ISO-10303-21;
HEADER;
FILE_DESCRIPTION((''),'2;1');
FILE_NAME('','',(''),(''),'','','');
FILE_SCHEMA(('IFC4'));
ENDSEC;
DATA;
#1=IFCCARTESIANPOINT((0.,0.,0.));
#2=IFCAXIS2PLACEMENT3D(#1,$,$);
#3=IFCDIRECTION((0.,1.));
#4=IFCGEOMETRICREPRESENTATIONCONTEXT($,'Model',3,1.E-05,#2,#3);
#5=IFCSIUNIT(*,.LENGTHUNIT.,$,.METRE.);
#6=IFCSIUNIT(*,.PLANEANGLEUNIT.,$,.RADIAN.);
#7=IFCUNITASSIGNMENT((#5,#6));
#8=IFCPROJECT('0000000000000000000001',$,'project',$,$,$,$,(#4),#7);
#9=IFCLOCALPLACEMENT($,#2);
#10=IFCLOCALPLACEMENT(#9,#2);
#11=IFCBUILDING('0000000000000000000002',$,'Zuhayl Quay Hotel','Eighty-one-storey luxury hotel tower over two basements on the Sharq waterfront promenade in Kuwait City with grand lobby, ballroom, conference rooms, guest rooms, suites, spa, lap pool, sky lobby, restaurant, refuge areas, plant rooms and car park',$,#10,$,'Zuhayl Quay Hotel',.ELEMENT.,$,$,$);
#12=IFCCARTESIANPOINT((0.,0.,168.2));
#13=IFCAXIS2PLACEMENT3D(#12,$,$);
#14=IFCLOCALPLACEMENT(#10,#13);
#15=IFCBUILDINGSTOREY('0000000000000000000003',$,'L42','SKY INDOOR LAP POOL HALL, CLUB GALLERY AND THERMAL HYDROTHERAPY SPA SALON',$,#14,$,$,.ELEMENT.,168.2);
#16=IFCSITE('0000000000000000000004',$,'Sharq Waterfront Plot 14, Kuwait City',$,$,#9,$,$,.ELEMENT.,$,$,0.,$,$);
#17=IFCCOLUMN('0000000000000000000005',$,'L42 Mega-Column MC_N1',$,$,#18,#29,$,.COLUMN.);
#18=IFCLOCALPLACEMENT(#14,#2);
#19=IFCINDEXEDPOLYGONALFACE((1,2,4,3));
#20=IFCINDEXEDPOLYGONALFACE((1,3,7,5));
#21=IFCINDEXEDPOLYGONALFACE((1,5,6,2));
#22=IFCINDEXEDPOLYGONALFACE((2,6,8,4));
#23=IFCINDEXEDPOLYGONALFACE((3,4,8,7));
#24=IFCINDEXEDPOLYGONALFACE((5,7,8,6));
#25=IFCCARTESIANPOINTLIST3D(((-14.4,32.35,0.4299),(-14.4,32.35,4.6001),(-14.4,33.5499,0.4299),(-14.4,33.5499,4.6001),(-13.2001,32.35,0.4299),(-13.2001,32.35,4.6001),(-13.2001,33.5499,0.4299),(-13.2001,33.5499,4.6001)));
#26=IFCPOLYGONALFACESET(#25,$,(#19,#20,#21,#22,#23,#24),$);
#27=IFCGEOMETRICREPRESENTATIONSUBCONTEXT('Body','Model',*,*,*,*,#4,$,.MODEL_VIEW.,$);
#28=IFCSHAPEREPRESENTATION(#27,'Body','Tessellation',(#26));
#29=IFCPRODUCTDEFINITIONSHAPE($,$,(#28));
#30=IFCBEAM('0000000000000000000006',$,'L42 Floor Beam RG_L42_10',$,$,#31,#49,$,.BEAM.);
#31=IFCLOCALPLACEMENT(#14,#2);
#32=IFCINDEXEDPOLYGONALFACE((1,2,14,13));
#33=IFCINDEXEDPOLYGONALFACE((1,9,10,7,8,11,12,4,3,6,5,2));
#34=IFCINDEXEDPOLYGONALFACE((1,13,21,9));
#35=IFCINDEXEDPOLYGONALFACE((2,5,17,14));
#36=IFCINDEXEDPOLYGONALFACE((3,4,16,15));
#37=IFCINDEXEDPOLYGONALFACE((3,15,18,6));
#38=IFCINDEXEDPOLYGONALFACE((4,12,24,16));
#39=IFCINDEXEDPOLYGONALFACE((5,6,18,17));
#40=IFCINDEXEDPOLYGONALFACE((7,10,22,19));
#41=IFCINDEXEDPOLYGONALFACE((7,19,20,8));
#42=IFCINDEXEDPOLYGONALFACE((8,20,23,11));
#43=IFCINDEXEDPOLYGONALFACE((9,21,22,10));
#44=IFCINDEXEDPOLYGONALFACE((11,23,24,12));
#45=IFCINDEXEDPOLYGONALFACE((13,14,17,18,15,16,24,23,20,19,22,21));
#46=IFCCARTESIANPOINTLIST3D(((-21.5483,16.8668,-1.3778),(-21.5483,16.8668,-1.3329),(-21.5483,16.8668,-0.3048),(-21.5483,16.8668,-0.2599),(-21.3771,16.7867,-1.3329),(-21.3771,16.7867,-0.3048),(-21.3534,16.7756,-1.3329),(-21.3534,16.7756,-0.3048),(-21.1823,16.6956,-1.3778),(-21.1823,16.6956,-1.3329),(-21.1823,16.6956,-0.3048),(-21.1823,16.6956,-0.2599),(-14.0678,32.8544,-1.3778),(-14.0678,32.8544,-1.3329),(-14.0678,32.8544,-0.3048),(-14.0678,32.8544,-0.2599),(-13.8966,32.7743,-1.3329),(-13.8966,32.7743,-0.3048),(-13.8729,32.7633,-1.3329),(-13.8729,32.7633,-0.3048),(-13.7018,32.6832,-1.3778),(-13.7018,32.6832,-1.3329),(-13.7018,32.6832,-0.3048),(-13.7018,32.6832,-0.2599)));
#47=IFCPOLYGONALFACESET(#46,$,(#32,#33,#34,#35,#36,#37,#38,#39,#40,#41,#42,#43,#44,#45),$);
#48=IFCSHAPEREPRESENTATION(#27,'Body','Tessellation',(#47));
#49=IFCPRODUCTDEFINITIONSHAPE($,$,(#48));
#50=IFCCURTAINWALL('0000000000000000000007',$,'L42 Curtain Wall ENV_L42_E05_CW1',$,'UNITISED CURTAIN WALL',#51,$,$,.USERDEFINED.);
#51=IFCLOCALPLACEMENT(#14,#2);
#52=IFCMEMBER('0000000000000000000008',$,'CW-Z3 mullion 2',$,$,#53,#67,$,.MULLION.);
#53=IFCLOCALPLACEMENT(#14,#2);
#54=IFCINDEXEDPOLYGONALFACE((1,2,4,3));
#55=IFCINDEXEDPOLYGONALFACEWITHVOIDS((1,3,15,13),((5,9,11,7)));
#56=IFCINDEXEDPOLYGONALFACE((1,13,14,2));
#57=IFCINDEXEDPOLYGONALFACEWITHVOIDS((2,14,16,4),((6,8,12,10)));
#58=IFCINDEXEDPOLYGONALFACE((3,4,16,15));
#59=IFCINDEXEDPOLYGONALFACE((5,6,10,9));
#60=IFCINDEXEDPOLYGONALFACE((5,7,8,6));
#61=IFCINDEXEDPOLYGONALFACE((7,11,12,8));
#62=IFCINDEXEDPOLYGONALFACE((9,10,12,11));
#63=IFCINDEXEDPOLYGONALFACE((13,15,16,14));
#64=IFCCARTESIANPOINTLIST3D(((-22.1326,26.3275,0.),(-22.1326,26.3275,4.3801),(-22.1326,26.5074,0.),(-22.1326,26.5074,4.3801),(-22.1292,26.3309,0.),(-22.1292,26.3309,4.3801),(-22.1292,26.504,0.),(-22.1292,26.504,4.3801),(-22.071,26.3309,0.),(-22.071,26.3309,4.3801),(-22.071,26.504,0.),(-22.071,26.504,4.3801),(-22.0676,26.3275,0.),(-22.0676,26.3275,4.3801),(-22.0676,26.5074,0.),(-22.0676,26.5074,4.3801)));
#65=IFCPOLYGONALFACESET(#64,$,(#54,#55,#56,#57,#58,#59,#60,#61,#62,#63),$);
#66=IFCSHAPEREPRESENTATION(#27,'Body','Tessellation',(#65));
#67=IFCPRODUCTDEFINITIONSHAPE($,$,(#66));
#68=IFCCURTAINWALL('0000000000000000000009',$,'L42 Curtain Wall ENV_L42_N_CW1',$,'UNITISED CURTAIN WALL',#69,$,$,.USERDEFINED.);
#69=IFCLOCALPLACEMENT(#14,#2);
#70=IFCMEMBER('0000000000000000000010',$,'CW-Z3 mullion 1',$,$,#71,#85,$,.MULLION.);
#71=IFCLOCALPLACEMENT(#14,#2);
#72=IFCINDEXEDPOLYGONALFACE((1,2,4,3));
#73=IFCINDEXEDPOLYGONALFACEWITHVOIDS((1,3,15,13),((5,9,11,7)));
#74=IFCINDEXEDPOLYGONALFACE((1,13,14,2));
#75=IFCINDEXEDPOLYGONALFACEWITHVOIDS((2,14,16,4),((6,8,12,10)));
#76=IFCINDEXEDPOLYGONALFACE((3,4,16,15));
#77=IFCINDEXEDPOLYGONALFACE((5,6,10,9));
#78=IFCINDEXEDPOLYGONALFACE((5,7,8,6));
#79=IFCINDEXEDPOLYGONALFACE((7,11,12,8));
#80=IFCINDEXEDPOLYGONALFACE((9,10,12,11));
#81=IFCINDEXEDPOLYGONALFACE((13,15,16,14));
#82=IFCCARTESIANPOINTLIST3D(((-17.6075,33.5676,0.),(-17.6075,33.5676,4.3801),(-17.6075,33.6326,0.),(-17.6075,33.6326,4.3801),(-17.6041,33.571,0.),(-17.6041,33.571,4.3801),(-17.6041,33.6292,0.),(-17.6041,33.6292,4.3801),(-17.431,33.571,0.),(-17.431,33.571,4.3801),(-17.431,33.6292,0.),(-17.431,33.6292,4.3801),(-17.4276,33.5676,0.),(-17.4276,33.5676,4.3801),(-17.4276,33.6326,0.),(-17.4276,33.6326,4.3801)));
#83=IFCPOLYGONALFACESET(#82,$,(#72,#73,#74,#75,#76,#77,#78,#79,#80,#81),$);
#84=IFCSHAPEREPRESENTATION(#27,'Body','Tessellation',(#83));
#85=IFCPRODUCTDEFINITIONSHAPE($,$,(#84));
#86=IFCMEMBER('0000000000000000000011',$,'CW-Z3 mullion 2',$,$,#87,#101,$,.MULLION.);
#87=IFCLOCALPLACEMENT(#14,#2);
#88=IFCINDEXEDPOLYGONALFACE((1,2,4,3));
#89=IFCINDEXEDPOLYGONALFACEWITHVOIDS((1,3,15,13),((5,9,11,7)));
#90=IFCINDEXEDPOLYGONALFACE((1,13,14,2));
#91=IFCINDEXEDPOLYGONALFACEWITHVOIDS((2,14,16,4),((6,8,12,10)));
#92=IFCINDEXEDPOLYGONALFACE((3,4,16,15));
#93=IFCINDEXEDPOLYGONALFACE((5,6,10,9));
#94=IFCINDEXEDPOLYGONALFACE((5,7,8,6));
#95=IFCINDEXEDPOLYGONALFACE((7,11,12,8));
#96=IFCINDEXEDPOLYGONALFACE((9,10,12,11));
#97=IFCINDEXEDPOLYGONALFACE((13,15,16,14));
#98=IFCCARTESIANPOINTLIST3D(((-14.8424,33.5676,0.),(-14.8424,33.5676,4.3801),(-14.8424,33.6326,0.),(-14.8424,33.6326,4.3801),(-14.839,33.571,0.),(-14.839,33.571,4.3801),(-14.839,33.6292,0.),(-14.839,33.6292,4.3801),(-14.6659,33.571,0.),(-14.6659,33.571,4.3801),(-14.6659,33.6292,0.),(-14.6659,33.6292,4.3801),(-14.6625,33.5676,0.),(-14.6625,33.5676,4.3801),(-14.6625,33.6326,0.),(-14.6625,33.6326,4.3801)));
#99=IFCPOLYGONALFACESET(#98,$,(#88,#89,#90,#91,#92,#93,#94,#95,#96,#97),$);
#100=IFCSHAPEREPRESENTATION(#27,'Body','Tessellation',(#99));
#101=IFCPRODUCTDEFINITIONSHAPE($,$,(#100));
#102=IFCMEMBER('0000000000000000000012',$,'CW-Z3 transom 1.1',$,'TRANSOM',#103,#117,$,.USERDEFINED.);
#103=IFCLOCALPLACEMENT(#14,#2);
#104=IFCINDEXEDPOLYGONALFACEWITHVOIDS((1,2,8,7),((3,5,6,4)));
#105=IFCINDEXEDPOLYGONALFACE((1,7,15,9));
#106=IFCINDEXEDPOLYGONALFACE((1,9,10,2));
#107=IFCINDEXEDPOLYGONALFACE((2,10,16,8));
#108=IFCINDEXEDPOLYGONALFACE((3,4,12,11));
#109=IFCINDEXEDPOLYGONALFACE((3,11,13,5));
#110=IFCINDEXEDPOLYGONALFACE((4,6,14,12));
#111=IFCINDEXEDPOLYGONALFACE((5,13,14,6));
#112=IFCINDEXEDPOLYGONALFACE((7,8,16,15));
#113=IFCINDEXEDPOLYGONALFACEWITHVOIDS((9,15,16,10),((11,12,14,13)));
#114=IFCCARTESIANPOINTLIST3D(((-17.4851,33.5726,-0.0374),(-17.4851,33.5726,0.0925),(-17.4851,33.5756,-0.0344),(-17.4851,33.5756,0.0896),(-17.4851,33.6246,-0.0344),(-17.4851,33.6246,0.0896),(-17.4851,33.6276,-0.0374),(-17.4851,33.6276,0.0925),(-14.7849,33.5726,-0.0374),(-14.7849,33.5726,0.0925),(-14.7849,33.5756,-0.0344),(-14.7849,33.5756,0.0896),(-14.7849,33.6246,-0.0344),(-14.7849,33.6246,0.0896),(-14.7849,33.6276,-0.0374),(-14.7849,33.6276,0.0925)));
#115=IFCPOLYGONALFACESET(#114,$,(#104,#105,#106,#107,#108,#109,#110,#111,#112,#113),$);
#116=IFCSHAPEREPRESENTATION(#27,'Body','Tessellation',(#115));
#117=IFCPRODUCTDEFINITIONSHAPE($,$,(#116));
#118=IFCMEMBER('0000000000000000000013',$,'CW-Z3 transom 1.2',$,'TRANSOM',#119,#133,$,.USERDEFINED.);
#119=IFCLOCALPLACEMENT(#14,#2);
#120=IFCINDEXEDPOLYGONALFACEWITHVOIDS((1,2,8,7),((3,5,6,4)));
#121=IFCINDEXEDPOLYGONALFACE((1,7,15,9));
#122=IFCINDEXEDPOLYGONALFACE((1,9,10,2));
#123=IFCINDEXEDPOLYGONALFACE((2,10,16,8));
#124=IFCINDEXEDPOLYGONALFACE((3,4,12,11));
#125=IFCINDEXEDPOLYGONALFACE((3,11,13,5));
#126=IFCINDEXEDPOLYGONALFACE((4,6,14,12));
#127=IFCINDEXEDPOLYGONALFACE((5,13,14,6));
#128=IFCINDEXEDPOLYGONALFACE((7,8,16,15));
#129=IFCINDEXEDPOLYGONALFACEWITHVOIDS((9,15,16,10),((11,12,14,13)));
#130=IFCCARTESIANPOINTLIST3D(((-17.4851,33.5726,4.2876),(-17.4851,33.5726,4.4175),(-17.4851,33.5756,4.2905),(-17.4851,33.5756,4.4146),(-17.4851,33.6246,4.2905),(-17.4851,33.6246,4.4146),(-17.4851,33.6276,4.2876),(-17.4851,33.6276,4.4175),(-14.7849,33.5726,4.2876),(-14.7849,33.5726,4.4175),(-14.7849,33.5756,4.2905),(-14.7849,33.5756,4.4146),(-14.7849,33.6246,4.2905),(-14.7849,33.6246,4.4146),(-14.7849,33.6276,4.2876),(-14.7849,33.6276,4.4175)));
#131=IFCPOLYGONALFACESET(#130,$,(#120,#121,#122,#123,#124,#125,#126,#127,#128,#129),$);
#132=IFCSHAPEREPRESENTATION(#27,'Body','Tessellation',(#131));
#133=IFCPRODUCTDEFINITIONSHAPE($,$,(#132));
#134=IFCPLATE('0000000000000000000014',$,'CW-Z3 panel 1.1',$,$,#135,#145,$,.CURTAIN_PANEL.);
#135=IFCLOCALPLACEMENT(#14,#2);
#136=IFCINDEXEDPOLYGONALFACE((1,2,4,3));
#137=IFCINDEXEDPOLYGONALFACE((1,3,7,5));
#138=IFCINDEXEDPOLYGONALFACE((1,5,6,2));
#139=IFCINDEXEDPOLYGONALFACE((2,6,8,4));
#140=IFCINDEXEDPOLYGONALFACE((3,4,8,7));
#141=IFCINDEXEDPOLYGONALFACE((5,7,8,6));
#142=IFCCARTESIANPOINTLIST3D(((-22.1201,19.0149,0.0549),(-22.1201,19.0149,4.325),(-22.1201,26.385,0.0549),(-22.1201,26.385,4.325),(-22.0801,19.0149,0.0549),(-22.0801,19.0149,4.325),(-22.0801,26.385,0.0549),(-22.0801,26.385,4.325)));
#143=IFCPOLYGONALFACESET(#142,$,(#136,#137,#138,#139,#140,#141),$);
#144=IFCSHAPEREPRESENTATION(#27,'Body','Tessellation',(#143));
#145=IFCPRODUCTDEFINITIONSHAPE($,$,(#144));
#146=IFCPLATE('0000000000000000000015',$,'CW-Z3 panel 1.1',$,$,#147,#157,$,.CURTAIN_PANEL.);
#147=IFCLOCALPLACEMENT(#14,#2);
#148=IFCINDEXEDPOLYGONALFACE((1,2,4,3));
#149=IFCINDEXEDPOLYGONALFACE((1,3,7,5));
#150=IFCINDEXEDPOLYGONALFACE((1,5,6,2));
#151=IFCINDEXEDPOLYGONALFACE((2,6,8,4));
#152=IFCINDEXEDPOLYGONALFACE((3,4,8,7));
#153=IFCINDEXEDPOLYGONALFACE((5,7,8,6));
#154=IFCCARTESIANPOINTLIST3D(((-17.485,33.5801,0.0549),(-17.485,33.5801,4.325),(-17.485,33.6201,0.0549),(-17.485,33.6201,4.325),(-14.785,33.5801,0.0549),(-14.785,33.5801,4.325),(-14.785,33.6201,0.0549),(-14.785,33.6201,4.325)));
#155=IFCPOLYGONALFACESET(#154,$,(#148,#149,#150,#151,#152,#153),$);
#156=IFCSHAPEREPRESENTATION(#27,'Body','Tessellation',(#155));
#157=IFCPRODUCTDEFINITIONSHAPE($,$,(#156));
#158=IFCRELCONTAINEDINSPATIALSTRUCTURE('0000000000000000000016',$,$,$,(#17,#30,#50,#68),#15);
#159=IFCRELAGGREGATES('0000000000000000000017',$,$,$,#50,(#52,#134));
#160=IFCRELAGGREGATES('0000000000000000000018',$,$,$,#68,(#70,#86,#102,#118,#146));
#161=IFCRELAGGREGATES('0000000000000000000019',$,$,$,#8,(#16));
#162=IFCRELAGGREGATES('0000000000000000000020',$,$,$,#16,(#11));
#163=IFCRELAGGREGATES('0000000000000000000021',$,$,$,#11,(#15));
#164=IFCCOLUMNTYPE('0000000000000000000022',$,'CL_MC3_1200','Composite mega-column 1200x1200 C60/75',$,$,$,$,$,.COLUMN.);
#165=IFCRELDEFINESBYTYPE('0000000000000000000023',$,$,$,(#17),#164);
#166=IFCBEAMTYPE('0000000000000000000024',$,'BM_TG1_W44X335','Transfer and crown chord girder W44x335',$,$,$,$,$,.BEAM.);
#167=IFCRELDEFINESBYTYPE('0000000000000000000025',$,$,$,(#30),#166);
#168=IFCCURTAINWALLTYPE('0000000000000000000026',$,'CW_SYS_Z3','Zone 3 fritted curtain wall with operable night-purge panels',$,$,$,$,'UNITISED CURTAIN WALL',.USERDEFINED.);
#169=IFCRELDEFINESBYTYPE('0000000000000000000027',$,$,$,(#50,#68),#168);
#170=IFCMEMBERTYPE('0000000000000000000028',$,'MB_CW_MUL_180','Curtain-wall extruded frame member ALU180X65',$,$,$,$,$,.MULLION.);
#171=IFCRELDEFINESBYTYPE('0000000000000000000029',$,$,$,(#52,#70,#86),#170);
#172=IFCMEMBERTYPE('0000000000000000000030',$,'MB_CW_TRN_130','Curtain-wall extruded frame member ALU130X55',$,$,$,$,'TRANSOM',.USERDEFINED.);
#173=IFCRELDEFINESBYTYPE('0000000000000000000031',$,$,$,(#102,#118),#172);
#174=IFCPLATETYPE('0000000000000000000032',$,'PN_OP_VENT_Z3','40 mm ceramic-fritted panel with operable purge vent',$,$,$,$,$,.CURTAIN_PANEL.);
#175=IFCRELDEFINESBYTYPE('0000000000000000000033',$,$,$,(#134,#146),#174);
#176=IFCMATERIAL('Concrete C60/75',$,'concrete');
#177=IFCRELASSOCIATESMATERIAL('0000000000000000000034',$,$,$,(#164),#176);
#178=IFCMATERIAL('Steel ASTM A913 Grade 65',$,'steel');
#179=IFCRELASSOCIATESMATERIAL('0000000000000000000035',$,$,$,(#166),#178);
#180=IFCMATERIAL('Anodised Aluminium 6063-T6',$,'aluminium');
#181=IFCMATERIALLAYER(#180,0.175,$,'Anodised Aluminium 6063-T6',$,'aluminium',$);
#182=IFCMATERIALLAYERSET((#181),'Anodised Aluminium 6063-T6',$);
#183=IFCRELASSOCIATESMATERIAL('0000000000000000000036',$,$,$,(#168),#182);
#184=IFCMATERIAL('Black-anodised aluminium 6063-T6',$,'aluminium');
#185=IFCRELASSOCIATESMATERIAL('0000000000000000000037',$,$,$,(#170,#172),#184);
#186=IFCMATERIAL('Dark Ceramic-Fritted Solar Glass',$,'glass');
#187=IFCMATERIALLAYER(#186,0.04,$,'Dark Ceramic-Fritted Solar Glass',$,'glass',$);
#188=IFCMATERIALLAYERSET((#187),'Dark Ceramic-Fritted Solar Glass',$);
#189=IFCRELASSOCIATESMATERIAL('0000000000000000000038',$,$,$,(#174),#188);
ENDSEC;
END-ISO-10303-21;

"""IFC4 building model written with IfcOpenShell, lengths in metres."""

from ifc_helpers import new_model, si_unit, direction, frame, origin, origin_2d, place, context, subcontext, project, spatial, rectangle, hollow_rectangle, i_section, extrude, material, layer, layer_set, material_profile, profile_set, type_object, element, aggregate, save


model = new_model("IFC4")

# Units and contexts
model_context = context("Model", 3, precision=1e-05, world=origin(), true_north=direction((0.0, 1.0)))
body_context = subcontext(model_context, "Body", "Model", "MODEL_VIEW")
ifc_project = project(units=[si_unit("LENGTHUNIT", "METRE"), si_unit("PLANEANGLEUNIT", "RADIAN")], contexts=[model_context])

# Site, building, storey
site_placement = place(None, origin())
site = spatial("IfcSite", under=ifc_project, at=site_placement, Name="Sharq Waterfront Plot 14, Kuwait City", CompositionType="ELEMENT", RefElevation=0.0)
building_placement = place(site_placement, origin())
building = spatial("IfcBuilding", under=site, at=building_placement, Name="Zuhayl Quay Hotel", Description="Eighty-one-storey luxury hotel tower over two basements on the Sharq waterfront promenade in Kuwait City with grand lobby, ballroom, conference rooms, guest rooms, suites, spa, lap pool, sky lobby, restaurant, refuge areas, plant rooms and car park", LongName="Zuhayl Quay Hotel", CompositionType="ELEMENT")
storey_placement = place(building_placement, frame((0.0, 0.0, 168.2)))
storey = spatial("IfcBuildingStorey", under=building, at=storey_placement, Name="L42", Description="SKY INDOOR LAP POOL HALL, CLUB GALLERY AND THERMAL HYDROTHERAPY SPA SALON", CompositionType="ELEMENT", Elevation=168.2)

# Column
ifc_material_1 = material(Name="Concrete C60/75", Category="concrete")
ifc_material_profile_1 = material_profile(ifc_material_1, rectangle(XDim=1.2, YDim=1.2, at=origin_2d()), Name="RC1200X1200")
ifc_profile_set_1 = profile_set([ifc_material_profile_1], Name="Concrete C60/75")
column_type = type_object("IfcColumnType", Name="CL_MC3_1200", Description="Composite mega-column 1200x1200 C60/75", PredefinedType="COLUMN", material=ifc_profile_set_1)
column_placement = place(storey_placement, frame((-13.8, 32.95, 0.4299), z_axis=(0.0, 0.0, 1.0), x_axis=(1.0, 0.0, 0.0)))
element("IfcColumn", 1, at=column_placement, inside=storey, type_object=column_type, Name="L42 Mega-Column MC_N1", PredefinedType="COLUMN", context=body_context, shape_type="SweptSolid", body=[
    extrude(rectangle(XDim=1.2, YDim=1.2, at=origin_2d()), origin(), (0.0, 0.0, 1.0), 4.1702),
])

# Beam
ifc_material_2 = material(Name="Steel ASTM A913 Grade 65", Category="steel")
ifc_material_profile_2 = material_profile(ifc_material_2, i_section(OverallWidth=0.4041, OverallDepth=1.1179, WebThickness=0.0261, FlangeThickness=0.0449, at=origin_2d()), Name="W44X335")
ifc_profile_set_2 = profile_set([ifc_material_profile_2], Name="Steel ASTM A913 Grade 65")
beam_type = type_object("IfcBeamType", Name="BM_TG1_W44X335", Description="Transfer and crown chord girder W44x335", PredefinedType="BEAM", material=ifc_profile_set_2)
beam_placement = place(storey_placement, frame((-13.8848, 32.7688, -0.8188), z_axis=(-0.423798, -0.905757, 0.0), x_axis=(0.905757, -0.423798, 0.0)))
element("IfcBeam", 2, at=beam_placement, inside=storey, type_object=beam_type, Name="L42 Floor Beam RG_L42_10", PredefinedType="BEAM", context=body_context, shape_type="SweptSolid", body=[
    extrude(i_section(OverallWidth=0.4041, OverallDepth=1.1179, WebThickness=0.0261, FlangeThickness=0.0449, at=origin_2d()), origin(), (0.0, 0.0, 1.0), 17.6511),
])

# Curtain wall, member
ifc_material_3 = material(Name="Anodised Aluminium 6063-T6", Category="aluminium")
ifc_layer_1 = layer(ifc_material_3, 0.175, Name="Anodised Aluminium 6063-T6", Category="aluminium")
ifc_layer_set_1 = layer_set([ifc_layer_1], Name="Anodised Aluminium 6063-T6")
curtain_wall_type = type_object("IfcCurtainWallType", Name="CW_SYS_Z3", Description="Zone 3 fritted curtain wall with operable night-purge panels", ElementType="UNITISED CURTAIN WALL", PredefinedType="USERDEFINED", material=ifc_layer_set_1)
curtain_wall_1_placement = place(storey_placement, origin())
curtain_wall_1 = element("IfcCurtainWall", 3, at=curtain_wall_1_placement, inside=storey, type_object=curtain_wall_type, Name="L42 Curtain Wall ENV_L42_E05_CW1", ObjectType="UNITISED CURTAIN WALL", PredefinedType="USERDEFINED")
ifc_material_4 = material(Name="Black-anodised aluminium 6063-T6", Category="aluminium")
ifc_material_profile_3 = material_profile(ifc_material_4, hollow_rectangle(XDim=0.0649, YDim=0.1799, WallThickness=0.0034, at=origin_2d()), Name="ALU180X65")
ifc_profile_set_3 = profile_set([ifc_material_profile_3], Name="Black-anodised aluminium 6063-T6")
member_type_1 = type_object("IfcMemberType", Name="MB_CW_MUL_180", Description="Curtain-wall extruded frame member ALU180X65", PredefinedType="MULLION", material=ifc_profile_set_3)
member_1_placement = place(storey_placement, frame((-22.1001, 26.4175, 0.0), z_axis=(0.0, 0.0, 1.0), x_axis=(-1.0, 0.0, 0.0)))
member_1 = element("IfcMember", 4, at=member_1_placement, type_object=member_type_1, Name="CW-Z3 mullion 2", PredefinedType="MULLION", context=body_context, shape_type="SweptSolid", body=[
    extrude(hollow_rectangle(XDim=0.0649, YDim=0.1799, WallThickness=0.0034, at=origin_2d()), origin(), (0.0, 0.0, 1.0), 4.3801),
])

# Curtain wall, members
curtain_wall_2_placement = place(storey_placement, origin())
curtain_wall_2 = element("IfcCurtainWall", 5, at=curtain_wall_2_placement, inside=storey, type_object=curtain_wall_type, Name="L42 Curtain Wall ENV_L42_N_CW1", ObjectType="UNITISED CURTAIN WALL", PredefinedType="USERDEFINED")
member_2_placement = place(storey_placement, frame((-17.5176, 33.6001, 0.0), z_axis=(0.0, 0.0, 1.0), x_axis=(0.0, 1.0, 0.0)))
member_2 = element("IfcMember", 6, at=member_2_placement, type_object=member_type_1, Name="CW-Z3 mullion 1", PredefinedType="MULLION", context=body_context, shape_type="SweptSolid", body=[
    extrude(hollow_rectangle(XDim=0.0649, YDim=0.1799, WallThickness=0.0034, at=origin_2d()), origin(), (0.0, 0.0, 1.0), 4.3801),
])
member_3_placement = place(storey_placement, frame((-14.7524, 33.6001, 0.0), z_axis=(0.0, 0.0, 1.0), x_axis=(0.0, 1.0, 0.0)))
member_3 = element("IfcMember", 7, at=member_3_placement, type_object=member_type_1, Name="CW-Z3 mullion 2", PredefinedType="MULLION", context=body_context, shape_type="SweptSolid", body=[
    extrude(hollow_rectangle(XDim=0.0649, YDim=0.1799, WallThickness=0.0034, at=origin_2d()), origin(), (0.0, 0.0, 1.0), 4.3801),
])
ifc_material_profile_4 = material_profile(ifc_material_4, hollow_rectangle(XDim=0.0549, YDim=0.1299, WallThickness=0.0029, at=origin_2d()), Name="ALU130X55")
ifc_profile_set_4 = profile_set([ifc_material_profile_4], Name="Black-anodised aluminium 6063-T6")
member_type_2 = type_object("IfcMemberType", Name="MB_CW_TRN_130", Description="Curtain-wall extruded frame member ALU130X55", ElementType="TRANSOM", PredefinedType="USERDEFINED", material=ifc_profile_set_4)
member_4_placement = place(storey_placement, frame((-17.4851, 33.6001, 0.0276), z_axis=(1.0, 0.0, 0.0), x_axis=(0.0, 1.0, 0.0)))
member_4 = element("IfcMember", 8, at=member_4_placement, type_object=member_type_2, Name="CW-Z3 transom 1.1", ObjectType="TRANSOM", PredefinedType="USERDEFINED", context=body_context, shape_type="SweptSolid", body=[
    extrude(hollow_rectangle(XDim=0.0549, YDim=0.1299, WallThickness=0.0029, at=origin_2d()), origin(), (0.0, 0.0, 1.0), 2.7002),
])
member_5_placement = place(storey_placement, frame((-17.4851, 33.6001, 4.3525), z_axis=(1.0, 0.0, 0.0), x_axis=(0.0, 1.0, 0.0)))
member_5 = element("IfcMember", 9, at=member_5_placement, type_object=member_type_2, Name="CW-Z3 transom 1.2", ObjectType="TRANSOM", PredefinedType="USERDEFINED", context=body_context, shape_type="SweptSolid", body=[
    extrude(hollow_rectangle(XDim=0.0549, YDim=0.1299, WallThickness=0.0029, at=origin_2d()), origin(), (0.0, 0.0, 1.0), 2.7002),
])

# Plates
ifc_material_5 = material(Name="Dark Ceramic-Fritted Solar Glass", Category="glass")
ifc_layer_2 = layer(ifc_material_5, 0.04, Name="Dark Ceramic-Fritted Solar Glass", Category="glass")
ifc_layer_set_2 = layer_set([ifc_layer_2], Name="Dark Ceramic-Fritted Solar Glass")
plate_type = type_object("IfcPlateType", Name="PN_OP_VENT_Z3", Description="40 mm ceramic-fritted panel with operable purge vent", PredefinedType="CURTAIN_PANEL", material=ifc_layer_set_2)
plate_1_placement = place(storey_placement, frame((-22.1001, 22.7, 0.0549), z_axis=(0.0, 0.0, 1.0), x_axis=(0.0, 1.0, 0.0)))
plate_1 = element("IfcPlate", 10, at=plate_1_placement, type_object=plate_type, Name="CW-Z3 panel 1.1", PredefinedType="CURTAIN_PANEL", context=body_context, shape_type="SweptSolid", body=[
    extrude(rectangle(XDim=7.3701, YDim=0.04, at=origin_2d()), origin(), (0.0, 0.0, 1.0), 4.27),
])
aggregate(curtain_wall_1, [member_1, plate_1])
plate_2_placement = place(storey_placement, frame((-16.135, 33.6001, 0.0549), z_axis=(0.0, 0.0, 1.0), x_axis=(1.0, 0.0, 0.0)))
plate_2 = element("IfcPlate", 11, at=plate_2_placement, type_object=plate_type, Name="CW-Z3 panel 1.1", PredefinedType="CURTAIN_PANEL", context=body_context, shape_type="SweptSolid", body=[
    extrude(rectangle(XDim=2.7, YDim=0.04, at=origin_2d()), origin(), (0.0, 0.0, 1.0), 4.27),
])
aggregate(curtain_wall_2, [member_2, member_3, member_4, member_5, plate_2])

save(model, "model.ifc")
